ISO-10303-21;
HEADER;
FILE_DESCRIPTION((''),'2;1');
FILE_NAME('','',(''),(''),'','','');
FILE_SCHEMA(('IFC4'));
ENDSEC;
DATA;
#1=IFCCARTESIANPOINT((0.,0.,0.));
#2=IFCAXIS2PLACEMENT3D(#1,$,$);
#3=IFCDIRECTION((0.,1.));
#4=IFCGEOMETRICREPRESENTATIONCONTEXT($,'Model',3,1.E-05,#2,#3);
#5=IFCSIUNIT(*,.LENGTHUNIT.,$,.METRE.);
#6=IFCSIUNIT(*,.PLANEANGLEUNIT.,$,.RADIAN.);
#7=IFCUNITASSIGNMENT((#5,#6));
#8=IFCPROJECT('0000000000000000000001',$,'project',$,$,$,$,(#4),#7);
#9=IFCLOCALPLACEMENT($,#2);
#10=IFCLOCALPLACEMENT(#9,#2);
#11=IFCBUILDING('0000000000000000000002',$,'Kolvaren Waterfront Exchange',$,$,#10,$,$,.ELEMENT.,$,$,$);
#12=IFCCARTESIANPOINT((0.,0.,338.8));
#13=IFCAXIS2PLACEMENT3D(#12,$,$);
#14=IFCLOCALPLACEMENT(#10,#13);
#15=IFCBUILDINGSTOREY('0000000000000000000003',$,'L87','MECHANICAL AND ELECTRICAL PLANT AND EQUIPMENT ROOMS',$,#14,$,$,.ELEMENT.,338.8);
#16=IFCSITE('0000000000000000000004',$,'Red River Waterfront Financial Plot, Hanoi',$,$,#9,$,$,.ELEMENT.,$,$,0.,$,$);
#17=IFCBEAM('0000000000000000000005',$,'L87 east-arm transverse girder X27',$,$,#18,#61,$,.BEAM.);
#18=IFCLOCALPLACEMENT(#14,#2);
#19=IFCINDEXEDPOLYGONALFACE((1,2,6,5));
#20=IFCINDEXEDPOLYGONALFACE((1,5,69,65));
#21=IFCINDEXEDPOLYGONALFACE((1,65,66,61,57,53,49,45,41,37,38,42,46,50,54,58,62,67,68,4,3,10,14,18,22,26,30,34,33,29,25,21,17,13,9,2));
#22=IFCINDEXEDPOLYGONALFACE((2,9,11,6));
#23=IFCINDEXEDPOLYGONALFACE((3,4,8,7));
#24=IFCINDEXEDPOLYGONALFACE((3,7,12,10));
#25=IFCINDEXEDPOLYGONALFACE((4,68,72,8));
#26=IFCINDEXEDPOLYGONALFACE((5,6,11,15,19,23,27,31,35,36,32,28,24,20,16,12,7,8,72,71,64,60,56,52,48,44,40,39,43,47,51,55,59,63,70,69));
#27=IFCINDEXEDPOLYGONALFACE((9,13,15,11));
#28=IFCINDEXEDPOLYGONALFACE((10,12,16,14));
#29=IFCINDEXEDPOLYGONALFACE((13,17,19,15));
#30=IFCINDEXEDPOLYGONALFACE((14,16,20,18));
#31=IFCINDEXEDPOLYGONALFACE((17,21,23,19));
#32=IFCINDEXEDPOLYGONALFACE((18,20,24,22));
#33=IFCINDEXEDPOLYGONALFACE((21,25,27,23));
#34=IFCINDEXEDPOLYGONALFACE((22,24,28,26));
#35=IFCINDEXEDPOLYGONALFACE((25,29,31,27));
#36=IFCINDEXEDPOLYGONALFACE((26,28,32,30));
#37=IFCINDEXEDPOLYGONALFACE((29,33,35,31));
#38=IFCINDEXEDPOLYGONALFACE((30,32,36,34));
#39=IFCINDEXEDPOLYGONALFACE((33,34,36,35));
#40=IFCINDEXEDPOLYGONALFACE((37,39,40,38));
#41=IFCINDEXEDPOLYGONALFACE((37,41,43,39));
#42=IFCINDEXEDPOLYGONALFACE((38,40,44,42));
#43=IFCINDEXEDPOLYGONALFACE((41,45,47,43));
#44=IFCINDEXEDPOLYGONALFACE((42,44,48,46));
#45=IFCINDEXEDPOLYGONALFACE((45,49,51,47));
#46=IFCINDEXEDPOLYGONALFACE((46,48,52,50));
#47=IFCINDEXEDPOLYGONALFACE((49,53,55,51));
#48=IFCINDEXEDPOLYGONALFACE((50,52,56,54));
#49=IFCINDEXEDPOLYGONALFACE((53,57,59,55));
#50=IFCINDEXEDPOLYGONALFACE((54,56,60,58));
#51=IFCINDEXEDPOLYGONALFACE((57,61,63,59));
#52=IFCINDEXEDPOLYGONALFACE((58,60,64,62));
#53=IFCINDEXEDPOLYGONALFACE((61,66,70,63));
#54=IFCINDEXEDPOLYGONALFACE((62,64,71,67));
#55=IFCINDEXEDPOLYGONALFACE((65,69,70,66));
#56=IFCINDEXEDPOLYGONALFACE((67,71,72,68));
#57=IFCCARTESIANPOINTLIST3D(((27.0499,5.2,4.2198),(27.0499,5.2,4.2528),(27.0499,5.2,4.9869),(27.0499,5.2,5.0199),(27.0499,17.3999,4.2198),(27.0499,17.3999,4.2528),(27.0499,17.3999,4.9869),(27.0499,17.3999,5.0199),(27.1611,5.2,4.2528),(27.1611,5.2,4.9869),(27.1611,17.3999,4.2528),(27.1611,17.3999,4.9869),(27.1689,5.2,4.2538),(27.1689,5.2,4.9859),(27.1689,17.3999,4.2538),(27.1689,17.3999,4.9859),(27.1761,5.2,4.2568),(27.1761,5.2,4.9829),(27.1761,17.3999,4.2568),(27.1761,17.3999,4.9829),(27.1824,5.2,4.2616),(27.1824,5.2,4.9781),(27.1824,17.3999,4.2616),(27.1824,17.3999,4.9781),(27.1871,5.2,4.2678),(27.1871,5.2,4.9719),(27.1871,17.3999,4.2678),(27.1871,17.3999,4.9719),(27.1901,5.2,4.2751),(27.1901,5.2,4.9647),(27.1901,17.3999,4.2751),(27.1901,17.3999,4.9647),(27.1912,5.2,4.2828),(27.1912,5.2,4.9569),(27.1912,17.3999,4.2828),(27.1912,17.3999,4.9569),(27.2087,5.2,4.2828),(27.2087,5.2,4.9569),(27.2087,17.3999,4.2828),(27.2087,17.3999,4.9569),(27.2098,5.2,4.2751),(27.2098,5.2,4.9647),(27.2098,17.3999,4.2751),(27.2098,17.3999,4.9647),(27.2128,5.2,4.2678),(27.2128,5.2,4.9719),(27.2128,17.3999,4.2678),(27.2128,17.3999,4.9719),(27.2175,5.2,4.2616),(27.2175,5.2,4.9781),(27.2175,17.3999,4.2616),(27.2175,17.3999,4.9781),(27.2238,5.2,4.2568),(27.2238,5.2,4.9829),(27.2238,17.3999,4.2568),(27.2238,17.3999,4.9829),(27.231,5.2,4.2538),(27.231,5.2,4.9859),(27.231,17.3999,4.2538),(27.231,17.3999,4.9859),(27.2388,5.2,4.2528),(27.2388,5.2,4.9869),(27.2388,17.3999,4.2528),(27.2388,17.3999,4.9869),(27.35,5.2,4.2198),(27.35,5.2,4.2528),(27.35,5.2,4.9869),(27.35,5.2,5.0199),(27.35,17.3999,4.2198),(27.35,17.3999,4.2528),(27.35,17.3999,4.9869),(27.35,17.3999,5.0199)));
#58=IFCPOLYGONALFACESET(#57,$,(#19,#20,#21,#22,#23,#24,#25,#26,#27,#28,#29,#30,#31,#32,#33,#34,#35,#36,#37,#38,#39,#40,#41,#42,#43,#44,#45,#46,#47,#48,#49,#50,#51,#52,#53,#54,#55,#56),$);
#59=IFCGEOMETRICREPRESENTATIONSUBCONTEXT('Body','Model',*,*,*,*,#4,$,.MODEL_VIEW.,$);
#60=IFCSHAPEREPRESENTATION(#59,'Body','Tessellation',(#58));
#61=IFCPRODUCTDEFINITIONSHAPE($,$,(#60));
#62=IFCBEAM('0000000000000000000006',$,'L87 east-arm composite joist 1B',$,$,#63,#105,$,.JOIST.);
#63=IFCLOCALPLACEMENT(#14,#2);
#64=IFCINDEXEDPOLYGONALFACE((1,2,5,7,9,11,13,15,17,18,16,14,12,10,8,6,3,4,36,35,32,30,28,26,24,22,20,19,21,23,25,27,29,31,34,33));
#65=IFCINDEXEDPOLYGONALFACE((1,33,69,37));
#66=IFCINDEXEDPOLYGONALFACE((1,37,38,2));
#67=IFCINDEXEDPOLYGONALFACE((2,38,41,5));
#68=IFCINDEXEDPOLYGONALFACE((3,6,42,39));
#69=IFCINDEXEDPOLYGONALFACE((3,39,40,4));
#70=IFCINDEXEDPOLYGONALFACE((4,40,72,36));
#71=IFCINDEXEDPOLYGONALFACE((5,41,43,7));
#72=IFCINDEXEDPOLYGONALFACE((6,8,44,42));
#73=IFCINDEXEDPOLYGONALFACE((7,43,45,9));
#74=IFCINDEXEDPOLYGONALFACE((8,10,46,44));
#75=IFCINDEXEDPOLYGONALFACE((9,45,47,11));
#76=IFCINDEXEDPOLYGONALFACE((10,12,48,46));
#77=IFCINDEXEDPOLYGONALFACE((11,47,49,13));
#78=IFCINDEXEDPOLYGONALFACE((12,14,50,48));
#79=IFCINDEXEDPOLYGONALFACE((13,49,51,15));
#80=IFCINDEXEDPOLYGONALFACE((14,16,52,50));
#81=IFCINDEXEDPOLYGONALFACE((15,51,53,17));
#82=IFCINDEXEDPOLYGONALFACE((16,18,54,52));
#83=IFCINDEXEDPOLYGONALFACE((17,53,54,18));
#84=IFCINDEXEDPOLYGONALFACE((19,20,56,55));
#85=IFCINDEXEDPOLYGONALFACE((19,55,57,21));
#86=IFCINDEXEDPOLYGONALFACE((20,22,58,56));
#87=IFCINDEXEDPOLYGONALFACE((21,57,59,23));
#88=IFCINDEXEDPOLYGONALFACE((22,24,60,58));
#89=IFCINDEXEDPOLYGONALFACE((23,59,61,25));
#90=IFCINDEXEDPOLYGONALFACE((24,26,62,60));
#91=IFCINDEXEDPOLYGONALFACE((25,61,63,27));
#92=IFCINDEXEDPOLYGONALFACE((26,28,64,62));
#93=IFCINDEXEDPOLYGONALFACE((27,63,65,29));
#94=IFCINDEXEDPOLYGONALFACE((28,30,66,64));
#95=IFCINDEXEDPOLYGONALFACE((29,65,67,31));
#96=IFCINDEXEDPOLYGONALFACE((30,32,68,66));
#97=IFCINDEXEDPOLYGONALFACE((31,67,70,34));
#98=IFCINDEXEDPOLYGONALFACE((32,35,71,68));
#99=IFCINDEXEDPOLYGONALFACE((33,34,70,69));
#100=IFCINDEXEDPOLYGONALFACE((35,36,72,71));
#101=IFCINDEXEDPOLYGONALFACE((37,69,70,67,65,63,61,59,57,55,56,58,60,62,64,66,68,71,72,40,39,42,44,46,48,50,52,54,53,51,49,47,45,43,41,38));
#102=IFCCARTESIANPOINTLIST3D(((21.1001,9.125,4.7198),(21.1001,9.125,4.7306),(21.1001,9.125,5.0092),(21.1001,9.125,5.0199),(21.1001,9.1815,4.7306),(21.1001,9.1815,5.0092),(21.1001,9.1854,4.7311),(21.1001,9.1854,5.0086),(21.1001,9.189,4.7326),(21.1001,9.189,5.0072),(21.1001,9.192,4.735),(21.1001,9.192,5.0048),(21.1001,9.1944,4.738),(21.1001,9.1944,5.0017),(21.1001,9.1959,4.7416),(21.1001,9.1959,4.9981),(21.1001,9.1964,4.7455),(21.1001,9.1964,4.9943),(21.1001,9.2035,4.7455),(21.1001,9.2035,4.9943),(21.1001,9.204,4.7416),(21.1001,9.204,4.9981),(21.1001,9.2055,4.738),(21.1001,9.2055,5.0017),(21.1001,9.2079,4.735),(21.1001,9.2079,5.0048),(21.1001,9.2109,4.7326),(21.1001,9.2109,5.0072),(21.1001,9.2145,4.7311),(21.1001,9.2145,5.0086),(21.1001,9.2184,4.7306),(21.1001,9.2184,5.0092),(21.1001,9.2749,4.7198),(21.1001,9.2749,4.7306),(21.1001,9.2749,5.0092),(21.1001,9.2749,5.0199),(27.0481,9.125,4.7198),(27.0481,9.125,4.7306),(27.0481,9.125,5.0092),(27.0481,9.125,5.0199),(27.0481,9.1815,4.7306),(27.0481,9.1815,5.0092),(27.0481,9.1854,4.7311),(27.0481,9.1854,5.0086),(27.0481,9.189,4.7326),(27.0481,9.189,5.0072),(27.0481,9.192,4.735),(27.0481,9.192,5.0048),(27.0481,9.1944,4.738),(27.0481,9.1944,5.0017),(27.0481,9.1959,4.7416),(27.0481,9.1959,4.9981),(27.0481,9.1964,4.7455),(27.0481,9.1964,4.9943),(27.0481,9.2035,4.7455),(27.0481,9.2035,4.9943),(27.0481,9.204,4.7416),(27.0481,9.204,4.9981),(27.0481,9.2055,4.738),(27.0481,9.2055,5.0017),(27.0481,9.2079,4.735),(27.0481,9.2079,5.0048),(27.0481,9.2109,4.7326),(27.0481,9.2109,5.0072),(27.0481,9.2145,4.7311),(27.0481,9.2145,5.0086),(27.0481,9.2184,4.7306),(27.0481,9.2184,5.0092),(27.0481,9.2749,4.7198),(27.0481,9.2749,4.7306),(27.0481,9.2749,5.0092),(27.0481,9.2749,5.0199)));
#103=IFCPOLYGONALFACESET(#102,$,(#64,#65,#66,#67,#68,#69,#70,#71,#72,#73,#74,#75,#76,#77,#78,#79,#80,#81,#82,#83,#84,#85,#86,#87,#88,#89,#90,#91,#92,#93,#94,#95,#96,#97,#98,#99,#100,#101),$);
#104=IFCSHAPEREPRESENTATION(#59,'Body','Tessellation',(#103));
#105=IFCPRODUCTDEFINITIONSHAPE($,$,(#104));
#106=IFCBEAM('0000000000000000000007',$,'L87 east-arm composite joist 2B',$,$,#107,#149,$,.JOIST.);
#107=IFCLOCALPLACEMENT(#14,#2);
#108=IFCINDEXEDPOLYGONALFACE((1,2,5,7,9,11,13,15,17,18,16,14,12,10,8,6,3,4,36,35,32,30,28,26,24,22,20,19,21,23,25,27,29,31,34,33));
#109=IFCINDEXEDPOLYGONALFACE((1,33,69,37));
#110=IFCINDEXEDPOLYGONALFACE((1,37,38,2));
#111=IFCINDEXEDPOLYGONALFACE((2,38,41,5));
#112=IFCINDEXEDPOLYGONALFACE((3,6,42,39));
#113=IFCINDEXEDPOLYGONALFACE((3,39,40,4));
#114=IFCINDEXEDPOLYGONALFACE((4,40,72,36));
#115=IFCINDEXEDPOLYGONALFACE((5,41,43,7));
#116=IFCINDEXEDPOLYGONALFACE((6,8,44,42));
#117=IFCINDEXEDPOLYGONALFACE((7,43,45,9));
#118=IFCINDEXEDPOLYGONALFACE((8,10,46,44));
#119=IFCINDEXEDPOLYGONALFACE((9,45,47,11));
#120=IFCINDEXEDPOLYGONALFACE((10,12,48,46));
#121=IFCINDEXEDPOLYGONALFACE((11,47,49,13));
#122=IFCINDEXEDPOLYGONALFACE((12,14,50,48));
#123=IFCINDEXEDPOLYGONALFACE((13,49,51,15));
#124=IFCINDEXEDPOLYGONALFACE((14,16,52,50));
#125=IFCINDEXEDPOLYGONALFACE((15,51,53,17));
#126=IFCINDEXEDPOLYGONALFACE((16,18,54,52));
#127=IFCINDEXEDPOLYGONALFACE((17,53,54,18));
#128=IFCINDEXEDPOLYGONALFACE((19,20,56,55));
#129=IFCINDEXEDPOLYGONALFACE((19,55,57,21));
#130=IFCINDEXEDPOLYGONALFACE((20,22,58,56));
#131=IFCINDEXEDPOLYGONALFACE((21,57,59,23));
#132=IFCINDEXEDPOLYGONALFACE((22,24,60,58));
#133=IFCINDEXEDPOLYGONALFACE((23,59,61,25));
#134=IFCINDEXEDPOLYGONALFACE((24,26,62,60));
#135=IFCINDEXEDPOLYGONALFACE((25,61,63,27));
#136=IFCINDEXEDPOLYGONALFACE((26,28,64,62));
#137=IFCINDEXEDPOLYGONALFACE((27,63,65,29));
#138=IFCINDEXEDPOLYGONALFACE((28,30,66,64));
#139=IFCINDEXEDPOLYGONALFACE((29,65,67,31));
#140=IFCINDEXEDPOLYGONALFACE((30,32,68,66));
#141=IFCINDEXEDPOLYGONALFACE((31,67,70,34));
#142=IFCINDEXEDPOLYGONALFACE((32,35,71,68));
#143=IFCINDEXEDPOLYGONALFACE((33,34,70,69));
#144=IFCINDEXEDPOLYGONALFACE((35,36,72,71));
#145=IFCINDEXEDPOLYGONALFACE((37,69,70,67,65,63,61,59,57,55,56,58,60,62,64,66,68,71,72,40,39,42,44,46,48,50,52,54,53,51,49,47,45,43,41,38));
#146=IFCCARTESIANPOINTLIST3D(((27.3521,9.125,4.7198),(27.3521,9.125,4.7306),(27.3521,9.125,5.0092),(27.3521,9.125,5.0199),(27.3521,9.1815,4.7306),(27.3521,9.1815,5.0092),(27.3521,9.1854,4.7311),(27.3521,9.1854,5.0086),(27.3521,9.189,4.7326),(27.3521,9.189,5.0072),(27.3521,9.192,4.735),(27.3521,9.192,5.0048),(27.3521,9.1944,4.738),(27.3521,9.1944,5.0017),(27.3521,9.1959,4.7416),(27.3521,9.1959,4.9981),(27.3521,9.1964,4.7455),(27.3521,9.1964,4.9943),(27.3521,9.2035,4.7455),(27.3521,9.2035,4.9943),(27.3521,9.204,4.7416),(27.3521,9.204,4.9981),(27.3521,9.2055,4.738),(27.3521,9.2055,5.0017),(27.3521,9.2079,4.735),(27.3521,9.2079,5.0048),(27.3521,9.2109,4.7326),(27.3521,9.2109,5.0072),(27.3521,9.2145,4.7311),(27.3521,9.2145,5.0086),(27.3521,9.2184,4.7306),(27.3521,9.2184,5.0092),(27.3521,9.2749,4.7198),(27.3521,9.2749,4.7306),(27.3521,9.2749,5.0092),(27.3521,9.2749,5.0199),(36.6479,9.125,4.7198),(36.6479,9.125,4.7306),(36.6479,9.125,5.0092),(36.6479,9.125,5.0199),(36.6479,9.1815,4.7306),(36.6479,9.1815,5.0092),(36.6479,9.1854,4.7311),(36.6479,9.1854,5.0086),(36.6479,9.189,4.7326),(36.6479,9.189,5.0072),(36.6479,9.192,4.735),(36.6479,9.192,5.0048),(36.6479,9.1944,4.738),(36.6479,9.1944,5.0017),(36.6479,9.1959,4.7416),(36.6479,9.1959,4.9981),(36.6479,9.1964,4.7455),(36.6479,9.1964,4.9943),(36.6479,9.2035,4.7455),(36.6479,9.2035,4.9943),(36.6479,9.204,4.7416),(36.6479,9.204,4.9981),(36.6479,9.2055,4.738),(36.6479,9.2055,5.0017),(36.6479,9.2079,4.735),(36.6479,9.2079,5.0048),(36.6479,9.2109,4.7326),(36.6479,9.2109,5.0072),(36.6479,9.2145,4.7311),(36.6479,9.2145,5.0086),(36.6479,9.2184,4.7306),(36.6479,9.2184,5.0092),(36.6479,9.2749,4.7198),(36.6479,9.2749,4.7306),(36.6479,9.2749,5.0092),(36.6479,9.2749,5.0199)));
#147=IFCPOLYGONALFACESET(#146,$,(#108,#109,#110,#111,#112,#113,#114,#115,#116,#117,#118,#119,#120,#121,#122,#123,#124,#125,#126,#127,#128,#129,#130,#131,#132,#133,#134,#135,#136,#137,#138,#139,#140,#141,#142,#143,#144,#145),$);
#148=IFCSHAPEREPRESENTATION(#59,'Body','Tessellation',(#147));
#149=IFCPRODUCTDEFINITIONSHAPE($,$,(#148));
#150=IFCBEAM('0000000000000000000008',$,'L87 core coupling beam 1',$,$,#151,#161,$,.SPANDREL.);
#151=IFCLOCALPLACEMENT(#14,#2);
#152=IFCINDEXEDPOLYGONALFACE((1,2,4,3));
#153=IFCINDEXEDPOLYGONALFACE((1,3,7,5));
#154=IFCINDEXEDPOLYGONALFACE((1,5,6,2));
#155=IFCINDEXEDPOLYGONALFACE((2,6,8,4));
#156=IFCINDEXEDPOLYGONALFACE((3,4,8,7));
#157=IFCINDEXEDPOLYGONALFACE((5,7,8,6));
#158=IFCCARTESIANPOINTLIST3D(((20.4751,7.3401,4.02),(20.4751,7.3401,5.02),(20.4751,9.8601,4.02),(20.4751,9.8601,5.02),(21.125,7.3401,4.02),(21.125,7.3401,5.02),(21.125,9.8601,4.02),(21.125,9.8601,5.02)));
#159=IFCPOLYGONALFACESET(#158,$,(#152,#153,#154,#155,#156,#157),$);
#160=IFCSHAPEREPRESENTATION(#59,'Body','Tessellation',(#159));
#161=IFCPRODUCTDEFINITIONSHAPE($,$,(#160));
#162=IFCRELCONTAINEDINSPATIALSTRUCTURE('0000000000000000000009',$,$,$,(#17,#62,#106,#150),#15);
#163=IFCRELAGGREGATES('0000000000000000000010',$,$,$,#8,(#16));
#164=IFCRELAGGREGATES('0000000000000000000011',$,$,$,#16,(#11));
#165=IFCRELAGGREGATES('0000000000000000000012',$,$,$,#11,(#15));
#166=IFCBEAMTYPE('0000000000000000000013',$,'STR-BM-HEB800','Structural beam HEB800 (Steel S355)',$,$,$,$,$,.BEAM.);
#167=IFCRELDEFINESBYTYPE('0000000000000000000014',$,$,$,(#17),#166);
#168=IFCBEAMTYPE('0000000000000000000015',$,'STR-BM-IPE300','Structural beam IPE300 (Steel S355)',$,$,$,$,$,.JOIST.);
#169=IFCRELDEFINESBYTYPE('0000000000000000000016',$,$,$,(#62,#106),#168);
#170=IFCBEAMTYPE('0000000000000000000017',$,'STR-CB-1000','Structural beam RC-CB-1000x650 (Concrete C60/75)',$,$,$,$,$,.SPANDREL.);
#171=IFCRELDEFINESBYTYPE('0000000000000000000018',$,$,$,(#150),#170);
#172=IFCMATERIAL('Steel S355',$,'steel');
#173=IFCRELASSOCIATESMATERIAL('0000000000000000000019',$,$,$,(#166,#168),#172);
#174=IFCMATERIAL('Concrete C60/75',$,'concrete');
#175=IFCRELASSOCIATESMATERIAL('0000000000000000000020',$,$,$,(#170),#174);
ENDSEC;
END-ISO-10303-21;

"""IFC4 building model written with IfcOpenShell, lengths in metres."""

from ifc_helpers import new_model, si_unit, direction, frame, origin, origin_2d, place, context, subcontext, project, spatial, rectangle, i_section, extrude, material, material_profile, profile_set, type_object, element, save


model = new_model("IFC4")

# Units and contexts
model_context = context("Model", 3, precision=1e-05, world=origin(), true_north=direction((0.0, 1.0)))
body_context = subcontext(model_context, "Body", "Model", "MODEL_VIEW")
ifc_project = project(units=[si_unit("LENGTHUNIT", "METRE"), si_unit("PLANEANGLEUNIT", "RADIAN")], contexts=[model_context])

# Site, building, storey
site_placement = place(None, origin())
site = spatial("IfcSite", under=ifc_project, at=site_placement, Name="Red River Waterfront Financial Plot, Hanoi", CompositionType="ELEMENT", RefElevation=0.0)
building_placement = place(site_placement, origin())
building = spatial("IfcBuilding", under=site, at=building_placement, Name="Kolvaren Waterfront Exchange", CompositionType="ELEMENT")
storey_placement = place(building_placement, frame((0.0, 0.0, 338.8)))
storey = spatial("IfcBuildingStorey", under=building, at=storey_placement, Name="L87", Description="MECHANICAL AND ELECTRICAL PLANT AND EQUIPMENT ROOMS", CompositionType="ELEMENT", Elevation=338.8)

# Beams
ifc_material_1 = material(Name="Steel S355", Category="steel")
ifc_material_profile_1 = material_profile(ifc_material_1, i_section(OverallWidth=0.3, OverallDepth=0.8, WebThickness=0.0176, FlangeThickness=0.033, FilletRadius=0.03, at=origin_2d()), Name="HEB800")
ifc_profile_set_1 = profile_set([ifc_material_profile_1], Name="Steel S355")
beam_type_1 = type_object("IfcBeamType", Name="STR-BM-HEB800", Description="Structural beam HEB800 (Steel S355)", PredefinedType="BEAM", material=ifc_profile_set_1)
beam_1_placement = place(storey_placement, frame((27.2, 5.2, 4.6199), z_axis=(0.0, 1.0, 0.0), x_axis=(-1.0, 0.0, 0.0)))
element("IfcBeam", 1, at=beam_1_placement, inside=storey, type_object=beam_type_1, Name="L87 east-arm transverse girder X27", PredefinedType="BEAM", context=body_context, shape_type="SweptSolid", body=[
    extrude(i_section(OverallWidth=0.3, OverallDepth=0.8, WebThickness=0.0176, FlangeThickness=0.033, FilletRadius=0.03, at=origin_2d()), origin(), (0.0, 0.0, 1.0), 12.2),
])
ifc_material_profile_2 = material_profile(ifc_material_1, i_section(OverallWidth=0.1499, OverallDepth=0.3, WebThickness=0.0071, FlangeThickness=0.0107, FilletRadius=0.0149, at=origin_2d()), Name="IPE300")
ifc_profile_set_2 = profile_set([ifc_material_profile_2], Name="Steel S355")
beam_type_2 = type_object("IfcBeamType", Name="STR-BM-IPE300", Description="Structural beam IPE300 (Steel S355)", PredefinedType="JOIST", material=ifc_profile_set_2)
beam_2_placement = place(storey_placement, frame((21.1001, 9.2, 4.8699), z_axis=(1.0, 0.0, 0.0), x_axis=(0.0, 1.0, 0.0)))
element("IfcBeam", 2, at=beam_2_placement, inside=storey, type_object=beam_type_2, Name="L87 east-arm composite joist 1B", PredefinedType="JOIST", context=body_context, shape_type="SweptSolid", body=[
    extrude(i_section(OverallWidth=0.1499, OverallDepth=0.3, WebThickness=0.0071, FlangeThickness=0.0107, FilletRadius=0.0149, at=origin_2d()), origin(), (0.0, 0.0, 1.0), 5.948),
])
beam_3_placement = place(storey_placement, frame((27.3521, 9.2, 4.8699), z_axis=(1.0, 0.0, 0.0), x_axis=(0.0, 1.0, 0.0)))
element("IfcBeam", 3, at=beam_3_placement, inside=storey, type_object=beam_type_2, Name="L87 east-arm composite joist 2B", PredefinedType="JOIST", context=body_context, shape_type="SweptSolid", body=[
    extrude(i_section(OverallWidth=0.1499, OverallDepth=0.3, WebThickness=0.0071, FlangeThickness=0.0107, FilletRadius=0.0149, at=origin_2d()), origin(), (0.0, 0.0, 1.0), 9.2959),
])
ifc_material_2 = material(Name="Concrete C60/75", Category="concrete")
ifc_material_profile_3 = material_profile(ifc_material_2, rectangle(XDim=0.6499, YDim=1.0, at=origin_2d()), Name="RC-CB-1000x650")
ifc_profile_set_3 = profile_set([ifc_material_profile_3], Name="Concrete C60/75")
beam_type_3 = type_object("IfcBeamType", Name="STR-CB-1000", Description="Structural beam RC-CB-1000x650 (Concrete C60/75)", PredefinedType="SPANDREL", material=ifc_profile_set_3)
beam_4_placement = place(storey_placement, frame((20.8, 7.3401, 4.52), z_axis=(0.0, 1.0, 0.0), x_axis=(-1.0, 0.0, 0.0)))
element("IfcBeam", 4, at=beam_4_placement, inside=storey, type_object=beam_type_3, Name="L87 core coupling beam 1", PredefinedType="SPANDREL", context=body_context, shape_type="SweptSolid", body=[
    extrude(rectangle(XDim=0.6499, YDim=1.0, at=origin_2d()), origin(), (0.0, 0.0, 1.0), 2.52),
])

save(model, "model.ifc")
